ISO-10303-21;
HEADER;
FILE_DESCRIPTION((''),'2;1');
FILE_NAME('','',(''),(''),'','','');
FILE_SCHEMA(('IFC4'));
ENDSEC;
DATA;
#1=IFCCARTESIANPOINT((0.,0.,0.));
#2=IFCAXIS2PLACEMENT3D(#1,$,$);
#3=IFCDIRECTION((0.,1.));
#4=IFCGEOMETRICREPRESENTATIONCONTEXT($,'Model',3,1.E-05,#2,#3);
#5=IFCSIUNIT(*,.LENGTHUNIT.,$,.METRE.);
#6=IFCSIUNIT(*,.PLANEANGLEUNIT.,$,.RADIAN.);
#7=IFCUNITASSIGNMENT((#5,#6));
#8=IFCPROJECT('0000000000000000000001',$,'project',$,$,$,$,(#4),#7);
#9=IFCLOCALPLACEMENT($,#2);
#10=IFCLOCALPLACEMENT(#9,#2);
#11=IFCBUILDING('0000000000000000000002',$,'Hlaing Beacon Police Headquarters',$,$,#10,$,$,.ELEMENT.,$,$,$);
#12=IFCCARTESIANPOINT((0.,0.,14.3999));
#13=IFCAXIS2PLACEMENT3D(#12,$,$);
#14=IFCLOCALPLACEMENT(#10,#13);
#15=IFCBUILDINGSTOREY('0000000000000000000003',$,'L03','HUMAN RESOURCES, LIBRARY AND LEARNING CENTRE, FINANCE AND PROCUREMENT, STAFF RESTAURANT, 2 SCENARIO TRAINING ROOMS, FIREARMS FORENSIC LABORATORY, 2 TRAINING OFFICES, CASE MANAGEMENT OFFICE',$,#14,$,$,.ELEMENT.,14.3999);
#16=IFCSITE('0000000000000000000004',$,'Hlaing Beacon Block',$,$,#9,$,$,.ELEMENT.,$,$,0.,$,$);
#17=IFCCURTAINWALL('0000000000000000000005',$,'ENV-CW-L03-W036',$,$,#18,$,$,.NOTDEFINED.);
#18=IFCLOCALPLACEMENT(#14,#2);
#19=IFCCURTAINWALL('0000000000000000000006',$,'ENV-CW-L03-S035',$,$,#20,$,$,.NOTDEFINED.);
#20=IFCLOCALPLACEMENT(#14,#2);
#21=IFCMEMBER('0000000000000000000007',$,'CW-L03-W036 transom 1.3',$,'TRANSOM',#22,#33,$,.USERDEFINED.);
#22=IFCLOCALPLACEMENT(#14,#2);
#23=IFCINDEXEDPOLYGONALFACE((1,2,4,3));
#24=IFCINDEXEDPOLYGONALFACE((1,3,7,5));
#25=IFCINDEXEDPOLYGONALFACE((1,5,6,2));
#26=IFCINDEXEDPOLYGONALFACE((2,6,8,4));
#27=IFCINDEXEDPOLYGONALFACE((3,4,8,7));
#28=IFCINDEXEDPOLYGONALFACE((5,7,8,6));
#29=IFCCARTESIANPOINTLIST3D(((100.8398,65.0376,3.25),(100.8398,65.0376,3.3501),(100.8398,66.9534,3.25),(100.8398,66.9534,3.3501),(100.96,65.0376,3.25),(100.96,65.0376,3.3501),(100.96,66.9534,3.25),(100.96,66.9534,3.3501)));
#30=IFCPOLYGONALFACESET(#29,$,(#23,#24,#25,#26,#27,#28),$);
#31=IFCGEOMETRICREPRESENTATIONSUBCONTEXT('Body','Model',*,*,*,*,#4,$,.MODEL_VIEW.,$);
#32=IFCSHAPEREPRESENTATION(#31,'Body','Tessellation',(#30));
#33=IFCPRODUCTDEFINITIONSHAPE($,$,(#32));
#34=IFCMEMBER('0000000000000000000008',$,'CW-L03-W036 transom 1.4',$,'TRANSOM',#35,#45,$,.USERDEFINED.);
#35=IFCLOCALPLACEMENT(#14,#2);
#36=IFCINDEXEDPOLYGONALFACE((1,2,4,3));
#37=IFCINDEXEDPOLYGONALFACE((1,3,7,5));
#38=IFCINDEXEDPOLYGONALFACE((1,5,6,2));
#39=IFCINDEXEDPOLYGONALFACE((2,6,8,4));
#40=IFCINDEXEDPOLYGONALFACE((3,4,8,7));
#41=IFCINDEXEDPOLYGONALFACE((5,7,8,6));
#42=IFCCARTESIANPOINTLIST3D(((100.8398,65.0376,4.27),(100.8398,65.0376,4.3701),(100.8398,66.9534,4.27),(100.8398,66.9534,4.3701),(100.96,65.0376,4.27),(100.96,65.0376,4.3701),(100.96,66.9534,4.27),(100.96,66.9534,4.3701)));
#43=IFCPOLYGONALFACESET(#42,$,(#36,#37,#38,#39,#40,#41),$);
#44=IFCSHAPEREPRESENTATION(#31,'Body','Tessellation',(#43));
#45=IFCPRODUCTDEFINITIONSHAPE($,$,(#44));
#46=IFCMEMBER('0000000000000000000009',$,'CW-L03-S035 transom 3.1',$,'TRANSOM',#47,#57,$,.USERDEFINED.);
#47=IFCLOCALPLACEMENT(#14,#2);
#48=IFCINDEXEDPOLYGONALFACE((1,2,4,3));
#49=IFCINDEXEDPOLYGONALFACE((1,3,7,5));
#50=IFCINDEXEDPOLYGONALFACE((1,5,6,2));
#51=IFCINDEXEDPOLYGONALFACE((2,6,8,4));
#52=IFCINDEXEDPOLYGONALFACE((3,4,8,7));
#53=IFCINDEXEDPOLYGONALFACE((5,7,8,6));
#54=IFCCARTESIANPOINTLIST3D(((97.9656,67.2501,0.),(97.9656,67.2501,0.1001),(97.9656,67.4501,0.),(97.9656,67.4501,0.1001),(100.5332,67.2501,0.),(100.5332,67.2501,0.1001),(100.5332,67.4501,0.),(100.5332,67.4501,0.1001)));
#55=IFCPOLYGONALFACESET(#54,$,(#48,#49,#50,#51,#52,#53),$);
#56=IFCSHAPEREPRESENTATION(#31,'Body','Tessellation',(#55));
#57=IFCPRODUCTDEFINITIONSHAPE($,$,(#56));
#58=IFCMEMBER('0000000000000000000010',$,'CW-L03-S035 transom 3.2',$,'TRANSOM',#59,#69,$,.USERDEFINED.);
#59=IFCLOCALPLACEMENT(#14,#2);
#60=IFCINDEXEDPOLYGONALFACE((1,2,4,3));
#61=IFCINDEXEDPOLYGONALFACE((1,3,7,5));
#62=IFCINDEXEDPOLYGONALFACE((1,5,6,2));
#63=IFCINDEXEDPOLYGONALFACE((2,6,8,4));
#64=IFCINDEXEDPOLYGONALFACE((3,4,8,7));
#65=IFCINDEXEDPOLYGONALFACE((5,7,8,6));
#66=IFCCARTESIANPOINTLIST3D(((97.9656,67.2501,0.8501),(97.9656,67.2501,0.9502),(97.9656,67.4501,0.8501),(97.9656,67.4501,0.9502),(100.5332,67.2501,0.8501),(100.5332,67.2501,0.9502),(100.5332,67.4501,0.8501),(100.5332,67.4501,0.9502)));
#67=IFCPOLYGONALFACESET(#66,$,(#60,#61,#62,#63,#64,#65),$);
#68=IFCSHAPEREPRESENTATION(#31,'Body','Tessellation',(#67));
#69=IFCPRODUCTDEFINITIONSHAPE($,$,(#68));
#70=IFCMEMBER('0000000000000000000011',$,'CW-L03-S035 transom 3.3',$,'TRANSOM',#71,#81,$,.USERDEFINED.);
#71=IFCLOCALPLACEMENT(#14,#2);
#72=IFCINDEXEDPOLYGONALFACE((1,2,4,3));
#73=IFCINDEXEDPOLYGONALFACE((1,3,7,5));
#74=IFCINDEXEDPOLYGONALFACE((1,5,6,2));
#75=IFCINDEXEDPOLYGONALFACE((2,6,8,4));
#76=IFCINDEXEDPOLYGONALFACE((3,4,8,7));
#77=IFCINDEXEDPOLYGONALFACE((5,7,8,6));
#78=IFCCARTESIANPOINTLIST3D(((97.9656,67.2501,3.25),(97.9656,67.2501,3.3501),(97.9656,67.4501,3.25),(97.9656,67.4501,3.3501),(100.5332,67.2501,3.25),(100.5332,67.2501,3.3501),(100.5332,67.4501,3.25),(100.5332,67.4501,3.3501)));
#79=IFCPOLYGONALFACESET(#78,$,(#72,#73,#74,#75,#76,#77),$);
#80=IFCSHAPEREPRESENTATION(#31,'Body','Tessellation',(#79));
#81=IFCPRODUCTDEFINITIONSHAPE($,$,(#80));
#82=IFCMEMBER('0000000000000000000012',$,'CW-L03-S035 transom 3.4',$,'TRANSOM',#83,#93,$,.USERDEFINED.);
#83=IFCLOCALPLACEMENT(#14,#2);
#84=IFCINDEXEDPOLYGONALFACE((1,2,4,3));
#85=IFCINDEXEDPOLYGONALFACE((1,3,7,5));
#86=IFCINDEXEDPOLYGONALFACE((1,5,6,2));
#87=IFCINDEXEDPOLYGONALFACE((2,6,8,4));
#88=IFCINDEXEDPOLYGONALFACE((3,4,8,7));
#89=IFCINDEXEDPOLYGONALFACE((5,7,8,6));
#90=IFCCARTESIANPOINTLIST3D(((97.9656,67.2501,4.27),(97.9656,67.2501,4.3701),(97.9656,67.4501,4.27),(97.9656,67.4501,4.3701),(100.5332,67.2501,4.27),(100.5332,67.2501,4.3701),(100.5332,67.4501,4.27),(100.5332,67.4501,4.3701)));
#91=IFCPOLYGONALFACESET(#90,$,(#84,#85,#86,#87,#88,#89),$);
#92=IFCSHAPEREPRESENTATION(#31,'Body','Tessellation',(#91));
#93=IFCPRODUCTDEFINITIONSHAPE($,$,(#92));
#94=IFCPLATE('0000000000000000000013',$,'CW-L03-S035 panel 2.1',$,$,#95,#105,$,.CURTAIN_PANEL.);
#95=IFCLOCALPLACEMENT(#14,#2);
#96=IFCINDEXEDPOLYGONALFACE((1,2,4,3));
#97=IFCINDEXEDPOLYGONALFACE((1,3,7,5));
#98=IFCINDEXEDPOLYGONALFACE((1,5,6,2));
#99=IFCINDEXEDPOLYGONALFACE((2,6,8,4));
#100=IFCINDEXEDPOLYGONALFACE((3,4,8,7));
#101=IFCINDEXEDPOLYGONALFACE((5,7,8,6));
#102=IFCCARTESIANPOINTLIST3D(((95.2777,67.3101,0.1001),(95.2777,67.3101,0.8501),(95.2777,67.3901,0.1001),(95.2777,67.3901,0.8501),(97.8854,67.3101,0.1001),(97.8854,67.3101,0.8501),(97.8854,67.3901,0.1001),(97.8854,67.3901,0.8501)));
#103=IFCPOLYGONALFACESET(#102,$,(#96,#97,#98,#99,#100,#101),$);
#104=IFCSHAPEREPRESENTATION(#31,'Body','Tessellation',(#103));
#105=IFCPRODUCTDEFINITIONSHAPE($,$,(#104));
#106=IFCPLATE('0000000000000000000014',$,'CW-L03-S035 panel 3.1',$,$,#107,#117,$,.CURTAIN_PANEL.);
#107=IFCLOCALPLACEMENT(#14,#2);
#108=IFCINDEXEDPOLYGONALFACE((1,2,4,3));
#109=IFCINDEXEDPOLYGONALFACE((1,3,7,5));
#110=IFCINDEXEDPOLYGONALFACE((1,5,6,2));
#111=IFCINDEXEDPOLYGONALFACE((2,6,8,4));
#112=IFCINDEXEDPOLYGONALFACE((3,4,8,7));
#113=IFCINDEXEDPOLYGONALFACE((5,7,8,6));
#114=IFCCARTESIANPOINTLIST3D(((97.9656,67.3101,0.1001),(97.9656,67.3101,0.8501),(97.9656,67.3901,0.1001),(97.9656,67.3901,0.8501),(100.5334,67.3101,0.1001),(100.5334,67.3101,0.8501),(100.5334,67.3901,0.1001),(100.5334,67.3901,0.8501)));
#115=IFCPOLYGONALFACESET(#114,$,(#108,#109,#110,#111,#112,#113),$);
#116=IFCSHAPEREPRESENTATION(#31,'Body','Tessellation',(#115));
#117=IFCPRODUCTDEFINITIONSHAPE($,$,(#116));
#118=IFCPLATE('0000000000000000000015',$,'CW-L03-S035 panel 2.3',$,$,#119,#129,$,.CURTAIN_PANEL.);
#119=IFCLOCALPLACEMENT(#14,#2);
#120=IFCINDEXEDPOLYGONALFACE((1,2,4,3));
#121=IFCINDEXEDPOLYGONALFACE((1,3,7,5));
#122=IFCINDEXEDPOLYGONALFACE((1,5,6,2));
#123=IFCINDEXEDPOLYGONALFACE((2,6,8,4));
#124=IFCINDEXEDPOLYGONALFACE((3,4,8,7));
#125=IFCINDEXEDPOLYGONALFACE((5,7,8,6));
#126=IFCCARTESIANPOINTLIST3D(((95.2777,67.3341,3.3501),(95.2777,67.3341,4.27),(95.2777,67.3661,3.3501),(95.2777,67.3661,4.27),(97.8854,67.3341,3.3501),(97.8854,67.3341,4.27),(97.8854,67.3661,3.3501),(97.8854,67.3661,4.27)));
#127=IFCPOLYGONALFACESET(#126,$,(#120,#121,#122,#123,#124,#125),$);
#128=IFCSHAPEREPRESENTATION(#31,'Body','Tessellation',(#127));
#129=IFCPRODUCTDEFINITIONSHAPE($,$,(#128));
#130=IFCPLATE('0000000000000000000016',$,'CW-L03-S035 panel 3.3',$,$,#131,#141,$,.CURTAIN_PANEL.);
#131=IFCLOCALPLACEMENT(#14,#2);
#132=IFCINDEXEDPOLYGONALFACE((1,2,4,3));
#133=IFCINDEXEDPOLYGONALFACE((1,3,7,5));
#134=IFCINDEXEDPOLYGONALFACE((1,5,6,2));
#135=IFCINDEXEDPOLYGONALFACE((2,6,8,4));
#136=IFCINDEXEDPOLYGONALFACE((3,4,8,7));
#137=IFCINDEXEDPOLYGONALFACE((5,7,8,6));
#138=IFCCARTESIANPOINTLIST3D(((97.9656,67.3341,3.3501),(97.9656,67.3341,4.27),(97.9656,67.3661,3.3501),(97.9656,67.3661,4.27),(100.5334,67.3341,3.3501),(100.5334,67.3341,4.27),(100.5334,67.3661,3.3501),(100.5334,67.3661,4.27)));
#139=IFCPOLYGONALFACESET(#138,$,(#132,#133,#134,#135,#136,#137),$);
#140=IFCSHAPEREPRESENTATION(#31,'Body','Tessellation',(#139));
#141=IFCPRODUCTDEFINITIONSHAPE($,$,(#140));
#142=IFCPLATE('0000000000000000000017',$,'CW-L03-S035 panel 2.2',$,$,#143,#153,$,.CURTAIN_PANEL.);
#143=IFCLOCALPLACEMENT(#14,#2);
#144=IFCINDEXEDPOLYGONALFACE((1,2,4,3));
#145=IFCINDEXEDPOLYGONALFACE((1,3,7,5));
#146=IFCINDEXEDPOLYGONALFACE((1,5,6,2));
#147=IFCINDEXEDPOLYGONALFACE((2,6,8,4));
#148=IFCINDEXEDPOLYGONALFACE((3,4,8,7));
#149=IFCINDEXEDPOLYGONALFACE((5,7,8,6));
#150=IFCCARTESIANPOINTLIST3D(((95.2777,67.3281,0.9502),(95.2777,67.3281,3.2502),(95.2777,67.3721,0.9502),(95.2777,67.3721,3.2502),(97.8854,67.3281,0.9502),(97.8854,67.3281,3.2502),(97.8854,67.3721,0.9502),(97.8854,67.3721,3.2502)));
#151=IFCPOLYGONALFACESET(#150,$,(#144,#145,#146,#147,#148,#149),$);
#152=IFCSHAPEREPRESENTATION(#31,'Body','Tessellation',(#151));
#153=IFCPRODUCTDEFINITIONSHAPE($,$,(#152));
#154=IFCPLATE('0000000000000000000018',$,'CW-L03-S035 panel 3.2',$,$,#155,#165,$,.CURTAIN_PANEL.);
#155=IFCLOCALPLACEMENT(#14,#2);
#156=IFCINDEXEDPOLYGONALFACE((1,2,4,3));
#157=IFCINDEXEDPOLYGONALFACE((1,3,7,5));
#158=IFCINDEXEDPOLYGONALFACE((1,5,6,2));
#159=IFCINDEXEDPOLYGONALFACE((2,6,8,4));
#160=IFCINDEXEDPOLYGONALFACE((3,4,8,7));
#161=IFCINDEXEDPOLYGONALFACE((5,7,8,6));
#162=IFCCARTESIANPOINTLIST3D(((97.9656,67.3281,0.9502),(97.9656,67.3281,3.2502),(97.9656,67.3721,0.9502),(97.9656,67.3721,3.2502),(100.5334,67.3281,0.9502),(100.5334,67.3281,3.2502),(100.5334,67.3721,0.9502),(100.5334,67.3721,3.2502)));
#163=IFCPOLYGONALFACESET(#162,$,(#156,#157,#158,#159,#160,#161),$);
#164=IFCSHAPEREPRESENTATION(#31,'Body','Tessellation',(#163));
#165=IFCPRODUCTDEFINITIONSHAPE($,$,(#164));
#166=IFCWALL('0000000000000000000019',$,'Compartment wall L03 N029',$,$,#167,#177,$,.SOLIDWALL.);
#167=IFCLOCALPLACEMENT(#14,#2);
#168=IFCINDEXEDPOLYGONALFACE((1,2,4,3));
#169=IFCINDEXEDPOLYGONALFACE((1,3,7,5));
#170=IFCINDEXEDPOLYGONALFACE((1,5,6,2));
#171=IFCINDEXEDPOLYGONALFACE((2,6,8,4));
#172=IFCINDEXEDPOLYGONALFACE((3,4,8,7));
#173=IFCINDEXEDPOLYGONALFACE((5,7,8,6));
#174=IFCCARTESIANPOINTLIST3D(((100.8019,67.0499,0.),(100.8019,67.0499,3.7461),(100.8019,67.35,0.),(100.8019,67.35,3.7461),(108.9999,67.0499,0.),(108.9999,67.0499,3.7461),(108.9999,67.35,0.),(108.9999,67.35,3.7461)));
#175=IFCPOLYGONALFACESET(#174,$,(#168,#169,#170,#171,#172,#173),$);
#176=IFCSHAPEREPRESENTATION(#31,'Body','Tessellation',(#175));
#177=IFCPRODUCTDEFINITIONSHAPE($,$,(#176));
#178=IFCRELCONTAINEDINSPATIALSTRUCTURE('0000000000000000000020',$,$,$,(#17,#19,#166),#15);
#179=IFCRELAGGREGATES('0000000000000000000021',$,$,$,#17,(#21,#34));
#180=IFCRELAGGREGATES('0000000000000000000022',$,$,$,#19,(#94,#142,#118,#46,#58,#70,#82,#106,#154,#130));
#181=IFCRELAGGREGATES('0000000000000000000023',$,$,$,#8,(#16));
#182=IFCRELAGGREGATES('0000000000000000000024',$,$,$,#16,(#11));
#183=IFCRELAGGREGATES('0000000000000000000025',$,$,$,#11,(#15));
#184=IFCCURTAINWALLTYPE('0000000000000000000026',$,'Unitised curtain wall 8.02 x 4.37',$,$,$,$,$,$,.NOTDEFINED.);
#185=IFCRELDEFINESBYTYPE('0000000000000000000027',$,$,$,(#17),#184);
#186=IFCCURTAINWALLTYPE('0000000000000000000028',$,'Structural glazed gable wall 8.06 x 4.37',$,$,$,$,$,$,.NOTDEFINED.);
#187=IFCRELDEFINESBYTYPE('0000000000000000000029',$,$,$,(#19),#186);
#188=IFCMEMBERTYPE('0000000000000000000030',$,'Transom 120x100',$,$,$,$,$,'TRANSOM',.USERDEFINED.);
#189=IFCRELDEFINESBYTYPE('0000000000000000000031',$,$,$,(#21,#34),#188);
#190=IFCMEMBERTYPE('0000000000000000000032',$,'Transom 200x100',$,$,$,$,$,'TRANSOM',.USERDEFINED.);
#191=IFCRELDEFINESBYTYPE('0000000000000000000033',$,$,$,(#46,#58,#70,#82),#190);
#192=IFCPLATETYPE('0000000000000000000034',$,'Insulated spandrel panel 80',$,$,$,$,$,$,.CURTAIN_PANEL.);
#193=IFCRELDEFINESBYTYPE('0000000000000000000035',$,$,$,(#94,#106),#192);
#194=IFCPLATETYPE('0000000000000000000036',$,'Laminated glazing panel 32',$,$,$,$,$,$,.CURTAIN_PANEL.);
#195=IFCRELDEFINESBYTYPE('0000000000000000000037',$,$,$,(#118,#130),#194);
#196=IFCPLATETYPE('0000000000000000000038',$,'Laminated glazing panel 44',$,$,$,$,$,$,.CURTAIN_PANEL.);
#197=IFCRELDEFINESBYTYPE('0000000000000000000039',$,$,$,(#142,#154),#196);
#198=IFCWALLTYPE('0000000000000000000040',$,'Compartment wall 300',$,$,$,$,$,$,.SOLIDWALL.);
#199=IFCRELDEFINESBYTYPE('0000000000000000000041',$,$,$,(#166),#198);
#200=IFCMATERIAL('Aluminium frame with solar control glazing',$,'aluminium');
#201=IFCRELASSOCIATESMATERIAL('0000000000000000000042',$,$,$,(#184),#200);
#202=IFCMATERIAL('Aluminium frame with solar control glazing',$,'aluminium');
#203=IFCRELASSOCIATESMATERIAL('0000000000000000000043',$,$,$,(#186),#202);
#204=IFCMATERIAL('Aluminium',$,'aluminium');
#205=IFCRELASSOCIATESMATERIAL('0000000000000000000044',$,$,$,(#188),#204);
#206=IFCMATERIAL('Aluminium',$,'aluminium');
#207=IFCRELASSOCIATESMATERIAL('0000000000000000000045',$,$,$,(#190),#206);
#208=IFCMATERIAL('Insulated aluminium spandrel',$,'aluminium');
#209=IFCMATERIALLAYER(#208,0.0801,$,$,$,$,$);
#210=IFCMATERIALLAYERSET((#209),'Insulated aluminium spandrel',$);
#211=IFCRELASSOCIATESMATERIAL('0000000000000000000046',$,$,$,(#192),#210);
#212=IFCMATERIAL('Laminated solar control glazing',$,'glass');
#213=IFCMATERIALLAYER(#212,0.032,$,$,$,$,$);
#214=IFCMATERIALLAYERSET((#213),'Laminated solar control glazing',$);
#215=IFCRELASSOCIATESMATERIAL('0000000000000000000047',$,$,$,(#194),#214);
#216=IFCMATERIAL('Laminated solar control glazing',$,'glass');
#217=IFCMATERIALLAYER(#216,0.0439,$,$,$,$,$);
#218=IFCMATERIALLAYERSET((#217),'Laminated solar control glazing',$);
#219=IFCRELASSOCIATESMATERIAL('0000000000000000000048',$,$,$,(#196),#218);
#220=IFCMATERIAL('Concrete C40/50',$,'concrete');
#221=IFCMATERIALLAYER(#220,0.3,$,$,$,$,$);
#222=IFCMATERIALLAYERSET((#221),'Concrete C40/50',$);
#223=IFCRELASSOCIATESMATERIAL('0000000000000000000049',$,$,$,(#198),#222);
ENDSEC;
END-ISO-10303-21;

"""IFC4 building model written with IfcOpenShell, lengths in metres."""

from ifc_helpers import new_model, si_unit, direction, frame, frame_2d, origin, origin_2d, place, context, subcontext, project, spatial, rectangle, extrude, material, layer, layer_set, material_profile, profile_set, type_object, element, aggregate, save


model = new_model("IFC4")

# Units and contexts
model_context = context("Model", 3, precision=1e-05, world=origin(), true_north=direction((0.0, 1.0)))
body_context = subcontext(model_context, "Body", "Model", "MODEL_VIEW")
ifc_project = project(units=[si_unit("LENGTHUNIT", "METRE"), si_unit("PLANEANGLEUNIT", "RADIAN")], contexts=[model_context])

# Site, building, storey
site_placement = place(None, origin())
site = spatial("IfcSite", under=ifc_project, at=site_placement, Name="Hlaing Beacon Block", CompositionType="ELEMENT", RefElevation=0.0)
building_placement = place(site_placement, origin())
building = spatial("IfcBuilding", under=site, at=building_placement, Name="Hlaing Beacon Police Headquarters", CompositionType="ELEMENT")
storey_placement = place(building_placement, frame((0.0, 0.0, 14.3999)))
storey = spatial("IfcBuildingStorey", under=building, at=storey_placement, Name="L03", Description="HUMAN RESOURCES, LIBRARY AND LEARNING CENTRE, FINANCE AND PROCUREMENT, STAFF RESTAURANT, 2 SCENARIO TRAINING ROOMS, FIREARMS FORENSIC LABORATORY, 2 TRAINING OFFICES, CASE MANAGEMENT OFFICE", CompositionType="ELEMENT", Elevation=14.3999)

# Curtain wall
ifc_material_1 = material(Name="Aluminium frame with solar control glazing", Category="aluminium")
curtain_wall_type_1 = type_object("IfcCurtainWallType", Name="Unitised curtain wall 8.02 x 4.37", PredefinedType="NOTDEFINED", material=ifc_material_1)
curtain_wall_1_placement = place(storey_placement, origin())
curtain_wall_1 = element("IfcCurtainWall", 1, at=curtain_wall_1_placement, inside=storey, type_object=curtain_wall_type_1, Name="ENV-CW-L03-W036", PredefinedType="NOTDEFINED")

# Curtain wall
ifc_material_2 = material(Name="Aluminium frame with solar control glazing", Category="aluminium")
curtain_wall_type_2 = type_object("IfcCurtainWallType", Name="Structural glazed gable wall 8.06 x 4.37", PredefinedType="NOTDEFINED", material=ifc_material_2)
curtain_wall_2_placement = place(storey_placement, origin())
curtain_wall_2 = element("IfcCurtainWall", 2, at=curtain_wall_2_placement, inside=storey, type_object=curtain_wall_type_2, Name="ENV-CW-L03-S035", PredefinedType="NOTDEFINED")

# Members
ifc_material_3 = material(Name="Aluminium", Category="aluminium")
ifc_material_profile_1 = material_profile(ifc_material_3, rectangle(XDim=0.1201, YDim=0.1001, at=origin_2d()), Name="Transom 120x100")
ifc_profile_set_1 = profile_set([ifc_material_profile_1], Name="Aluminium")
member_type_1 = type_object("IfcMemberType", Name="Transom 120x100", ElementType="TRANSOM", PredefinedType="USERDEFINED", material=ifc_profile_set_1)
member_1_placement = place(storey_placement, frame((100.8999, 66.9534, 3.3), z_axis=(0.0, -1.0, 0.0), x_axis=(1.0, 0.0, 0.0)))
member_1 = element("IfcMember", 3, at=member_1_placement, type_object=member_type_1, Name="CW-L03-W036 transom 1.3", ObjectType="TRANSOM", PredefinedType="USERDEFINED", context=body_context, shape_type="SweptSolid", body=[
    extrude(rectangle(XDim=0.1201, YDim=0.1001, at=origin_2d()), origin(), (0.0, 0.0, 1.0), 1.9158),
])
member_2_placement = place(storey_placement, frame((100.8999, 66.9534, 4.3201), z_axis=(0.0, -1.0, 0.0), x_axis=(1.0, 0.0, 0.0)))
member_2 = element("IfcMember", 4, at=member_2_placement, type_object=member_type_1, Name="CW-L03-W036 transom 1.4", ObjectType="TRANSOM", PredefinedType="USERDEFINED", context=body_context, shape_type="SweptSolid", body=[
    extrude(rectangle(XDim=0.1201, YDim=0.1001, at=origin_2d()), origin(), (0.0, 0.0, 1.0), 1.9158),
])
aggregate(curtain_wall_1, [member_1, member_2])
ifc_material_4 = material(Name="Aluminium", Category="aluminium")
ifc_material_profile_2 = material_profile(ifc_material_4, rectangle(XDim=0.2, YDim=0.1001, at=origin_2d()), Name="Transom 200x100")
ifc_profile_set_2 = profile_set([ifc_material_profile_2], Name="Aluminium")
member_type_2 = type_object("IfcMemberType", Name="Transom 200x100", ElementType="TRANSOM", PredefinedType="USERDEFINED", material=ifc_profile_set_2)
member_3_placement = place(storey_placement, frame((97.9656, 67.3501, 0.05), z_axis=(1.0, 0.0, 0.0), x_axis=(0.0, 1.0, 0.0)))
member_3 = element("IfcMember", 5, at=member_3_placement, type_object=member_type_2, Name="CW-L03-S035 transom 3.1", ObjectType="TRANSOM", PredefinedType="USERDEFINED", context=body_context, shape_type="SweptSolid", body=[
    extrude(rectangle(XDim=0.2, YDim=0.1001, at=origin_2d()), origin(), (0.0, 0.0, 1.0), 2.5676),
])
member_4_placement = place(storey_placement, frame((97.9656, 67.3501, 0.9001), z_axis=(1.0, 0.0, 0.0), x_axis=(0.0, 1.0, 0.0)))
member_4 = element("IfcMember", 6, at=member_4_placement, type_object=member_type_2, Name="CW-L03-S035 transom 3.2", ObjectType="TRANSOM", PredefinedType="USERDEFINED", context=body_context, shape_type="SweptSolid", body=[
    extrude(rectangle(XDim=0.2, YDim=0.1001, at=origin_2d()), origin(), (0.0, 0.0, 1.0), 2.5676),
])
member_5_placement = place(storey_placement, frame((97.9656, 67.3501, 3.3), z_axis=(1.0, 0.0, 0.0), x_axis=(0.0, 1.0, 0.0)))
member_5 = element("IfcMember", 7, at=member_5_placement, type_object=member_type_2, Name="CW-L03-S035 transom 3.3", ObjectType="TRANSOM", PredefinedType="USERDEFINED", context=body_context, shape_type="SweptSolid", body=[
    extrude(rectangle(XDim=0.2, YDim=0.1001, at=origin_2d()), origin(), (0.0, 0.0, 1.0), 2.5676),
])
member_6_placement = place(storey_placement, frame((97.9656, 67.3501, 4.3201), z_axis=(1.0, 0.0, 0.0), x_axis=(0.0, 1.0, 0.0)))
member_6 = element("IfcMember", 8, at=member_6_placement, type_object=member_type_2, Name="CW-L03-S035 transom 3.4", ObjectType="TRANSOM", PredefinedType="USERDEFINED", context=body_context, shape_type="SweptSolid", body=[
    extrude(rectangle(XDim=0.2, YDim=0.1001, at=origin_2d()), origin(), (0.0, 0.0, 1.0), 2.5676),
])

# Plates
ifc_material_5 = material(Name="Insulated aluminium spandrel", Category="aluminium")
ifc_layer_1 = layer(ifc_material_5, 0.0801)
ifc_layer_set_1 = layer_set([ifc_layer_1], Name="Insulated aluminium spandrel")
plate_type_1 = type_object("IfcPlateType", Name="Insulated spandrel panel 80", PredefinedType="CURTAIN_PANEL", material=ifc_layer_set_1)
plate_1_placement = place(storey_placement, frame((96.5815, 67.3501, 0.1001), z_axis=(0.0, 0.0, 1.0), x_axis=(1.0, 0.0, 0.0)))
plate_1 = element("IfcPlate", 9, at=plate_1_placement, type_object=plate_type_1, Name="CW-L03-S035 panel 2.1", PredefinedType="CURTAIN_PANEL", context=body_context, shape_type="SweptSolid", body=[
    extrude(rectangle(XDim=2.6077, YDim=0.0801, at=origin_2d()), origin(), (0.0, 0.0, 1.0), 0.75),
])
plate_2_placement = place(storey_placement, frame((99.2495, 67.3501, 0.1001), z_axis=(0.0, 0.0, 1.0), x_axis=(1.0, 0.0, 0.0)))
plate_2 = element("IfcPlate", 10, at=plate_2_placement, type_object=plate_type_1, Name="CW-L03-S035 panel 3.1", PredefinedType="CURTAIN_PANEL", context=body_context, shape_type="SweptSolid", body=[
    extrude(rectangle(XDim=2.5679, YDim=0.0801, at=origin_2d()), origin(), (0.0, 0.0, 1.0), 0.75),
])
ifc_material_6 = material(Name="Laminated solar control glazing", Category="glass")
ifc_layer_2 = layer(ifc_material_6, 0.032)
ifc_layer_set_2 = layer_set([ifc_layer_2], Name="Laminated solar control glazing")
plate_type_2 = type_object("IfcPlateType", Name="Laminated glazing panel 32", PredefinedType="CURTAIN_PANEL", material=ifc_layer_set_2)
plate_3_placement = place(storey_placement, frame((96.5815, 67.3501, 3.3501), z_axis=(0.0, 0.0, 1.0), x_axis=(1.0, 0.0, 0.0)))
plate_3 = element("IfcPlate", 11, at=plate_3_placement, type_object=plate_type_2, Name="CW-L03-S035 panel 2.3", PredefinedType="CURTAIN_PANEL", context=body_context, shape_type="SweptSolid", body=[
    extrude(rectangle(XDim=2.6077, YDim=0.032, at=origin_2d()), origin(), (0.0, 0.0, 1.0), 0.9199),
])
plate_4_placement = place(storey_placement, frame((99.2495, 67.3501, 3.3501), z_axis=(0.0, 0.0, 1.0), x_axis=(1.0, 0.0, 0.0)))
plate_4 = element("IfcPlate", 12, at=plate_4_placement, type_object=plate_type_2, Name="CW-L03-S035 panel 3.3", PredefinedType="CURTAIN_PANEL", context=body_context, shape_type="SweptSolid", body=[
    extrude(rectangle(XDim=2.5679, YDim=0.032, at=origin_2d()), origin(), (0.0, 0.0, 1.0), 0.9199),
])
ifc_material_7 = material(Name="Laminated solar control glazing", Category="glass")
ifc_layer_3 = layer(ifc_material_7, 0.0439)
ifc_layer_set_3 = layer_set([ifc_layer_3], Name="Laminated solar control glazing")
plate_type_3 = type_object("IfcPlateType", Name="Laminated glazing panel 44", PredefinedType="CURTAIN_PANEL", material=ifc_layer_set_3)
plate_5_placement = place(storey_placement, frame((96.5815, 67.3501, 0.9502), z_axis=(0.0, 0.0, 1.0), x_axis=(1.0, 0.0, 0.0)))
plate_5 = element("IfcPlate", 13, at=plate_5_placement, type_object=plate_type_3, Name="CW-L03-S035 panel 2.2", PredefinedType="CURTAIN_PANEL", context=body_context, shape_type="SweptSolid", body=[
    extrude(rectangle(XDim=2.6077, YDim=0.0439, at=origin_2d()), origin(), (0.0, 0.0, 1.0), 2.3),
])
plate_6_placement = place(storey_placement, frame((99.2495, 67.3501, 0.9502), z_axis=(0.0, 0.0, 1.0), x_axis=(1.0, 0.0, 0.0)))
plate_6 = element("IfcPlate", 14, at=plate_6_placement, type_object=plate_type_3, Name="CW-L03-S035 panel 3.2", PredefinedType="CURTAIN_PANEL", context=body_context, shape_type="SweptSolid", body=[
    extrude(rectangle(XDim=2.5679, YDim=0.0439, at=origin_2d()), origin(), (0.0, 0.0, 1.0), 2.3),
])
aggregate(curtain_wall_2, [plate_1, plate_5, plate_3, member_3, member_4, member_5, member_6, plate_2, plate_6, plate_4])

# Wall
ifc_material_8 = material(Name="Concrete C40/50", Category="concrete")
ifc_layer_4 = layer(ifc_material_8, 0.3)
ifc_layer_set_4 = layer_set([ifc_layer_4], Name="Concrete C40/50")
wall_type_1 = type_object("IfcWallType", Name="Compartment wall 300", PredefinedType="SOLIDWALL", material=ifc_layer_set_4)
wall_1_placement = place(storey_placement, frame((109.0, 67.2, 0.0), z_axis=(0.0, 0.0, 1.0), x_axis=(-1.0, 0.0, 0.0)))
element("IfcWall", 15, at=wall_1_placement, inside=storey, type_object=wall_type_1, Name="Compartment wall L03 N029", PredefinedType="SOLIDWALL", context=body_context, shape_type="SweptSolid", body=[
    extrude(rectangle(XDim=8.198, YDim=0.3, at=frame_2d((4.0991, 0.0))), origin(), (0.0, 0.0, 1.0), 3.7461),
])

save(model, "model.ifc")
